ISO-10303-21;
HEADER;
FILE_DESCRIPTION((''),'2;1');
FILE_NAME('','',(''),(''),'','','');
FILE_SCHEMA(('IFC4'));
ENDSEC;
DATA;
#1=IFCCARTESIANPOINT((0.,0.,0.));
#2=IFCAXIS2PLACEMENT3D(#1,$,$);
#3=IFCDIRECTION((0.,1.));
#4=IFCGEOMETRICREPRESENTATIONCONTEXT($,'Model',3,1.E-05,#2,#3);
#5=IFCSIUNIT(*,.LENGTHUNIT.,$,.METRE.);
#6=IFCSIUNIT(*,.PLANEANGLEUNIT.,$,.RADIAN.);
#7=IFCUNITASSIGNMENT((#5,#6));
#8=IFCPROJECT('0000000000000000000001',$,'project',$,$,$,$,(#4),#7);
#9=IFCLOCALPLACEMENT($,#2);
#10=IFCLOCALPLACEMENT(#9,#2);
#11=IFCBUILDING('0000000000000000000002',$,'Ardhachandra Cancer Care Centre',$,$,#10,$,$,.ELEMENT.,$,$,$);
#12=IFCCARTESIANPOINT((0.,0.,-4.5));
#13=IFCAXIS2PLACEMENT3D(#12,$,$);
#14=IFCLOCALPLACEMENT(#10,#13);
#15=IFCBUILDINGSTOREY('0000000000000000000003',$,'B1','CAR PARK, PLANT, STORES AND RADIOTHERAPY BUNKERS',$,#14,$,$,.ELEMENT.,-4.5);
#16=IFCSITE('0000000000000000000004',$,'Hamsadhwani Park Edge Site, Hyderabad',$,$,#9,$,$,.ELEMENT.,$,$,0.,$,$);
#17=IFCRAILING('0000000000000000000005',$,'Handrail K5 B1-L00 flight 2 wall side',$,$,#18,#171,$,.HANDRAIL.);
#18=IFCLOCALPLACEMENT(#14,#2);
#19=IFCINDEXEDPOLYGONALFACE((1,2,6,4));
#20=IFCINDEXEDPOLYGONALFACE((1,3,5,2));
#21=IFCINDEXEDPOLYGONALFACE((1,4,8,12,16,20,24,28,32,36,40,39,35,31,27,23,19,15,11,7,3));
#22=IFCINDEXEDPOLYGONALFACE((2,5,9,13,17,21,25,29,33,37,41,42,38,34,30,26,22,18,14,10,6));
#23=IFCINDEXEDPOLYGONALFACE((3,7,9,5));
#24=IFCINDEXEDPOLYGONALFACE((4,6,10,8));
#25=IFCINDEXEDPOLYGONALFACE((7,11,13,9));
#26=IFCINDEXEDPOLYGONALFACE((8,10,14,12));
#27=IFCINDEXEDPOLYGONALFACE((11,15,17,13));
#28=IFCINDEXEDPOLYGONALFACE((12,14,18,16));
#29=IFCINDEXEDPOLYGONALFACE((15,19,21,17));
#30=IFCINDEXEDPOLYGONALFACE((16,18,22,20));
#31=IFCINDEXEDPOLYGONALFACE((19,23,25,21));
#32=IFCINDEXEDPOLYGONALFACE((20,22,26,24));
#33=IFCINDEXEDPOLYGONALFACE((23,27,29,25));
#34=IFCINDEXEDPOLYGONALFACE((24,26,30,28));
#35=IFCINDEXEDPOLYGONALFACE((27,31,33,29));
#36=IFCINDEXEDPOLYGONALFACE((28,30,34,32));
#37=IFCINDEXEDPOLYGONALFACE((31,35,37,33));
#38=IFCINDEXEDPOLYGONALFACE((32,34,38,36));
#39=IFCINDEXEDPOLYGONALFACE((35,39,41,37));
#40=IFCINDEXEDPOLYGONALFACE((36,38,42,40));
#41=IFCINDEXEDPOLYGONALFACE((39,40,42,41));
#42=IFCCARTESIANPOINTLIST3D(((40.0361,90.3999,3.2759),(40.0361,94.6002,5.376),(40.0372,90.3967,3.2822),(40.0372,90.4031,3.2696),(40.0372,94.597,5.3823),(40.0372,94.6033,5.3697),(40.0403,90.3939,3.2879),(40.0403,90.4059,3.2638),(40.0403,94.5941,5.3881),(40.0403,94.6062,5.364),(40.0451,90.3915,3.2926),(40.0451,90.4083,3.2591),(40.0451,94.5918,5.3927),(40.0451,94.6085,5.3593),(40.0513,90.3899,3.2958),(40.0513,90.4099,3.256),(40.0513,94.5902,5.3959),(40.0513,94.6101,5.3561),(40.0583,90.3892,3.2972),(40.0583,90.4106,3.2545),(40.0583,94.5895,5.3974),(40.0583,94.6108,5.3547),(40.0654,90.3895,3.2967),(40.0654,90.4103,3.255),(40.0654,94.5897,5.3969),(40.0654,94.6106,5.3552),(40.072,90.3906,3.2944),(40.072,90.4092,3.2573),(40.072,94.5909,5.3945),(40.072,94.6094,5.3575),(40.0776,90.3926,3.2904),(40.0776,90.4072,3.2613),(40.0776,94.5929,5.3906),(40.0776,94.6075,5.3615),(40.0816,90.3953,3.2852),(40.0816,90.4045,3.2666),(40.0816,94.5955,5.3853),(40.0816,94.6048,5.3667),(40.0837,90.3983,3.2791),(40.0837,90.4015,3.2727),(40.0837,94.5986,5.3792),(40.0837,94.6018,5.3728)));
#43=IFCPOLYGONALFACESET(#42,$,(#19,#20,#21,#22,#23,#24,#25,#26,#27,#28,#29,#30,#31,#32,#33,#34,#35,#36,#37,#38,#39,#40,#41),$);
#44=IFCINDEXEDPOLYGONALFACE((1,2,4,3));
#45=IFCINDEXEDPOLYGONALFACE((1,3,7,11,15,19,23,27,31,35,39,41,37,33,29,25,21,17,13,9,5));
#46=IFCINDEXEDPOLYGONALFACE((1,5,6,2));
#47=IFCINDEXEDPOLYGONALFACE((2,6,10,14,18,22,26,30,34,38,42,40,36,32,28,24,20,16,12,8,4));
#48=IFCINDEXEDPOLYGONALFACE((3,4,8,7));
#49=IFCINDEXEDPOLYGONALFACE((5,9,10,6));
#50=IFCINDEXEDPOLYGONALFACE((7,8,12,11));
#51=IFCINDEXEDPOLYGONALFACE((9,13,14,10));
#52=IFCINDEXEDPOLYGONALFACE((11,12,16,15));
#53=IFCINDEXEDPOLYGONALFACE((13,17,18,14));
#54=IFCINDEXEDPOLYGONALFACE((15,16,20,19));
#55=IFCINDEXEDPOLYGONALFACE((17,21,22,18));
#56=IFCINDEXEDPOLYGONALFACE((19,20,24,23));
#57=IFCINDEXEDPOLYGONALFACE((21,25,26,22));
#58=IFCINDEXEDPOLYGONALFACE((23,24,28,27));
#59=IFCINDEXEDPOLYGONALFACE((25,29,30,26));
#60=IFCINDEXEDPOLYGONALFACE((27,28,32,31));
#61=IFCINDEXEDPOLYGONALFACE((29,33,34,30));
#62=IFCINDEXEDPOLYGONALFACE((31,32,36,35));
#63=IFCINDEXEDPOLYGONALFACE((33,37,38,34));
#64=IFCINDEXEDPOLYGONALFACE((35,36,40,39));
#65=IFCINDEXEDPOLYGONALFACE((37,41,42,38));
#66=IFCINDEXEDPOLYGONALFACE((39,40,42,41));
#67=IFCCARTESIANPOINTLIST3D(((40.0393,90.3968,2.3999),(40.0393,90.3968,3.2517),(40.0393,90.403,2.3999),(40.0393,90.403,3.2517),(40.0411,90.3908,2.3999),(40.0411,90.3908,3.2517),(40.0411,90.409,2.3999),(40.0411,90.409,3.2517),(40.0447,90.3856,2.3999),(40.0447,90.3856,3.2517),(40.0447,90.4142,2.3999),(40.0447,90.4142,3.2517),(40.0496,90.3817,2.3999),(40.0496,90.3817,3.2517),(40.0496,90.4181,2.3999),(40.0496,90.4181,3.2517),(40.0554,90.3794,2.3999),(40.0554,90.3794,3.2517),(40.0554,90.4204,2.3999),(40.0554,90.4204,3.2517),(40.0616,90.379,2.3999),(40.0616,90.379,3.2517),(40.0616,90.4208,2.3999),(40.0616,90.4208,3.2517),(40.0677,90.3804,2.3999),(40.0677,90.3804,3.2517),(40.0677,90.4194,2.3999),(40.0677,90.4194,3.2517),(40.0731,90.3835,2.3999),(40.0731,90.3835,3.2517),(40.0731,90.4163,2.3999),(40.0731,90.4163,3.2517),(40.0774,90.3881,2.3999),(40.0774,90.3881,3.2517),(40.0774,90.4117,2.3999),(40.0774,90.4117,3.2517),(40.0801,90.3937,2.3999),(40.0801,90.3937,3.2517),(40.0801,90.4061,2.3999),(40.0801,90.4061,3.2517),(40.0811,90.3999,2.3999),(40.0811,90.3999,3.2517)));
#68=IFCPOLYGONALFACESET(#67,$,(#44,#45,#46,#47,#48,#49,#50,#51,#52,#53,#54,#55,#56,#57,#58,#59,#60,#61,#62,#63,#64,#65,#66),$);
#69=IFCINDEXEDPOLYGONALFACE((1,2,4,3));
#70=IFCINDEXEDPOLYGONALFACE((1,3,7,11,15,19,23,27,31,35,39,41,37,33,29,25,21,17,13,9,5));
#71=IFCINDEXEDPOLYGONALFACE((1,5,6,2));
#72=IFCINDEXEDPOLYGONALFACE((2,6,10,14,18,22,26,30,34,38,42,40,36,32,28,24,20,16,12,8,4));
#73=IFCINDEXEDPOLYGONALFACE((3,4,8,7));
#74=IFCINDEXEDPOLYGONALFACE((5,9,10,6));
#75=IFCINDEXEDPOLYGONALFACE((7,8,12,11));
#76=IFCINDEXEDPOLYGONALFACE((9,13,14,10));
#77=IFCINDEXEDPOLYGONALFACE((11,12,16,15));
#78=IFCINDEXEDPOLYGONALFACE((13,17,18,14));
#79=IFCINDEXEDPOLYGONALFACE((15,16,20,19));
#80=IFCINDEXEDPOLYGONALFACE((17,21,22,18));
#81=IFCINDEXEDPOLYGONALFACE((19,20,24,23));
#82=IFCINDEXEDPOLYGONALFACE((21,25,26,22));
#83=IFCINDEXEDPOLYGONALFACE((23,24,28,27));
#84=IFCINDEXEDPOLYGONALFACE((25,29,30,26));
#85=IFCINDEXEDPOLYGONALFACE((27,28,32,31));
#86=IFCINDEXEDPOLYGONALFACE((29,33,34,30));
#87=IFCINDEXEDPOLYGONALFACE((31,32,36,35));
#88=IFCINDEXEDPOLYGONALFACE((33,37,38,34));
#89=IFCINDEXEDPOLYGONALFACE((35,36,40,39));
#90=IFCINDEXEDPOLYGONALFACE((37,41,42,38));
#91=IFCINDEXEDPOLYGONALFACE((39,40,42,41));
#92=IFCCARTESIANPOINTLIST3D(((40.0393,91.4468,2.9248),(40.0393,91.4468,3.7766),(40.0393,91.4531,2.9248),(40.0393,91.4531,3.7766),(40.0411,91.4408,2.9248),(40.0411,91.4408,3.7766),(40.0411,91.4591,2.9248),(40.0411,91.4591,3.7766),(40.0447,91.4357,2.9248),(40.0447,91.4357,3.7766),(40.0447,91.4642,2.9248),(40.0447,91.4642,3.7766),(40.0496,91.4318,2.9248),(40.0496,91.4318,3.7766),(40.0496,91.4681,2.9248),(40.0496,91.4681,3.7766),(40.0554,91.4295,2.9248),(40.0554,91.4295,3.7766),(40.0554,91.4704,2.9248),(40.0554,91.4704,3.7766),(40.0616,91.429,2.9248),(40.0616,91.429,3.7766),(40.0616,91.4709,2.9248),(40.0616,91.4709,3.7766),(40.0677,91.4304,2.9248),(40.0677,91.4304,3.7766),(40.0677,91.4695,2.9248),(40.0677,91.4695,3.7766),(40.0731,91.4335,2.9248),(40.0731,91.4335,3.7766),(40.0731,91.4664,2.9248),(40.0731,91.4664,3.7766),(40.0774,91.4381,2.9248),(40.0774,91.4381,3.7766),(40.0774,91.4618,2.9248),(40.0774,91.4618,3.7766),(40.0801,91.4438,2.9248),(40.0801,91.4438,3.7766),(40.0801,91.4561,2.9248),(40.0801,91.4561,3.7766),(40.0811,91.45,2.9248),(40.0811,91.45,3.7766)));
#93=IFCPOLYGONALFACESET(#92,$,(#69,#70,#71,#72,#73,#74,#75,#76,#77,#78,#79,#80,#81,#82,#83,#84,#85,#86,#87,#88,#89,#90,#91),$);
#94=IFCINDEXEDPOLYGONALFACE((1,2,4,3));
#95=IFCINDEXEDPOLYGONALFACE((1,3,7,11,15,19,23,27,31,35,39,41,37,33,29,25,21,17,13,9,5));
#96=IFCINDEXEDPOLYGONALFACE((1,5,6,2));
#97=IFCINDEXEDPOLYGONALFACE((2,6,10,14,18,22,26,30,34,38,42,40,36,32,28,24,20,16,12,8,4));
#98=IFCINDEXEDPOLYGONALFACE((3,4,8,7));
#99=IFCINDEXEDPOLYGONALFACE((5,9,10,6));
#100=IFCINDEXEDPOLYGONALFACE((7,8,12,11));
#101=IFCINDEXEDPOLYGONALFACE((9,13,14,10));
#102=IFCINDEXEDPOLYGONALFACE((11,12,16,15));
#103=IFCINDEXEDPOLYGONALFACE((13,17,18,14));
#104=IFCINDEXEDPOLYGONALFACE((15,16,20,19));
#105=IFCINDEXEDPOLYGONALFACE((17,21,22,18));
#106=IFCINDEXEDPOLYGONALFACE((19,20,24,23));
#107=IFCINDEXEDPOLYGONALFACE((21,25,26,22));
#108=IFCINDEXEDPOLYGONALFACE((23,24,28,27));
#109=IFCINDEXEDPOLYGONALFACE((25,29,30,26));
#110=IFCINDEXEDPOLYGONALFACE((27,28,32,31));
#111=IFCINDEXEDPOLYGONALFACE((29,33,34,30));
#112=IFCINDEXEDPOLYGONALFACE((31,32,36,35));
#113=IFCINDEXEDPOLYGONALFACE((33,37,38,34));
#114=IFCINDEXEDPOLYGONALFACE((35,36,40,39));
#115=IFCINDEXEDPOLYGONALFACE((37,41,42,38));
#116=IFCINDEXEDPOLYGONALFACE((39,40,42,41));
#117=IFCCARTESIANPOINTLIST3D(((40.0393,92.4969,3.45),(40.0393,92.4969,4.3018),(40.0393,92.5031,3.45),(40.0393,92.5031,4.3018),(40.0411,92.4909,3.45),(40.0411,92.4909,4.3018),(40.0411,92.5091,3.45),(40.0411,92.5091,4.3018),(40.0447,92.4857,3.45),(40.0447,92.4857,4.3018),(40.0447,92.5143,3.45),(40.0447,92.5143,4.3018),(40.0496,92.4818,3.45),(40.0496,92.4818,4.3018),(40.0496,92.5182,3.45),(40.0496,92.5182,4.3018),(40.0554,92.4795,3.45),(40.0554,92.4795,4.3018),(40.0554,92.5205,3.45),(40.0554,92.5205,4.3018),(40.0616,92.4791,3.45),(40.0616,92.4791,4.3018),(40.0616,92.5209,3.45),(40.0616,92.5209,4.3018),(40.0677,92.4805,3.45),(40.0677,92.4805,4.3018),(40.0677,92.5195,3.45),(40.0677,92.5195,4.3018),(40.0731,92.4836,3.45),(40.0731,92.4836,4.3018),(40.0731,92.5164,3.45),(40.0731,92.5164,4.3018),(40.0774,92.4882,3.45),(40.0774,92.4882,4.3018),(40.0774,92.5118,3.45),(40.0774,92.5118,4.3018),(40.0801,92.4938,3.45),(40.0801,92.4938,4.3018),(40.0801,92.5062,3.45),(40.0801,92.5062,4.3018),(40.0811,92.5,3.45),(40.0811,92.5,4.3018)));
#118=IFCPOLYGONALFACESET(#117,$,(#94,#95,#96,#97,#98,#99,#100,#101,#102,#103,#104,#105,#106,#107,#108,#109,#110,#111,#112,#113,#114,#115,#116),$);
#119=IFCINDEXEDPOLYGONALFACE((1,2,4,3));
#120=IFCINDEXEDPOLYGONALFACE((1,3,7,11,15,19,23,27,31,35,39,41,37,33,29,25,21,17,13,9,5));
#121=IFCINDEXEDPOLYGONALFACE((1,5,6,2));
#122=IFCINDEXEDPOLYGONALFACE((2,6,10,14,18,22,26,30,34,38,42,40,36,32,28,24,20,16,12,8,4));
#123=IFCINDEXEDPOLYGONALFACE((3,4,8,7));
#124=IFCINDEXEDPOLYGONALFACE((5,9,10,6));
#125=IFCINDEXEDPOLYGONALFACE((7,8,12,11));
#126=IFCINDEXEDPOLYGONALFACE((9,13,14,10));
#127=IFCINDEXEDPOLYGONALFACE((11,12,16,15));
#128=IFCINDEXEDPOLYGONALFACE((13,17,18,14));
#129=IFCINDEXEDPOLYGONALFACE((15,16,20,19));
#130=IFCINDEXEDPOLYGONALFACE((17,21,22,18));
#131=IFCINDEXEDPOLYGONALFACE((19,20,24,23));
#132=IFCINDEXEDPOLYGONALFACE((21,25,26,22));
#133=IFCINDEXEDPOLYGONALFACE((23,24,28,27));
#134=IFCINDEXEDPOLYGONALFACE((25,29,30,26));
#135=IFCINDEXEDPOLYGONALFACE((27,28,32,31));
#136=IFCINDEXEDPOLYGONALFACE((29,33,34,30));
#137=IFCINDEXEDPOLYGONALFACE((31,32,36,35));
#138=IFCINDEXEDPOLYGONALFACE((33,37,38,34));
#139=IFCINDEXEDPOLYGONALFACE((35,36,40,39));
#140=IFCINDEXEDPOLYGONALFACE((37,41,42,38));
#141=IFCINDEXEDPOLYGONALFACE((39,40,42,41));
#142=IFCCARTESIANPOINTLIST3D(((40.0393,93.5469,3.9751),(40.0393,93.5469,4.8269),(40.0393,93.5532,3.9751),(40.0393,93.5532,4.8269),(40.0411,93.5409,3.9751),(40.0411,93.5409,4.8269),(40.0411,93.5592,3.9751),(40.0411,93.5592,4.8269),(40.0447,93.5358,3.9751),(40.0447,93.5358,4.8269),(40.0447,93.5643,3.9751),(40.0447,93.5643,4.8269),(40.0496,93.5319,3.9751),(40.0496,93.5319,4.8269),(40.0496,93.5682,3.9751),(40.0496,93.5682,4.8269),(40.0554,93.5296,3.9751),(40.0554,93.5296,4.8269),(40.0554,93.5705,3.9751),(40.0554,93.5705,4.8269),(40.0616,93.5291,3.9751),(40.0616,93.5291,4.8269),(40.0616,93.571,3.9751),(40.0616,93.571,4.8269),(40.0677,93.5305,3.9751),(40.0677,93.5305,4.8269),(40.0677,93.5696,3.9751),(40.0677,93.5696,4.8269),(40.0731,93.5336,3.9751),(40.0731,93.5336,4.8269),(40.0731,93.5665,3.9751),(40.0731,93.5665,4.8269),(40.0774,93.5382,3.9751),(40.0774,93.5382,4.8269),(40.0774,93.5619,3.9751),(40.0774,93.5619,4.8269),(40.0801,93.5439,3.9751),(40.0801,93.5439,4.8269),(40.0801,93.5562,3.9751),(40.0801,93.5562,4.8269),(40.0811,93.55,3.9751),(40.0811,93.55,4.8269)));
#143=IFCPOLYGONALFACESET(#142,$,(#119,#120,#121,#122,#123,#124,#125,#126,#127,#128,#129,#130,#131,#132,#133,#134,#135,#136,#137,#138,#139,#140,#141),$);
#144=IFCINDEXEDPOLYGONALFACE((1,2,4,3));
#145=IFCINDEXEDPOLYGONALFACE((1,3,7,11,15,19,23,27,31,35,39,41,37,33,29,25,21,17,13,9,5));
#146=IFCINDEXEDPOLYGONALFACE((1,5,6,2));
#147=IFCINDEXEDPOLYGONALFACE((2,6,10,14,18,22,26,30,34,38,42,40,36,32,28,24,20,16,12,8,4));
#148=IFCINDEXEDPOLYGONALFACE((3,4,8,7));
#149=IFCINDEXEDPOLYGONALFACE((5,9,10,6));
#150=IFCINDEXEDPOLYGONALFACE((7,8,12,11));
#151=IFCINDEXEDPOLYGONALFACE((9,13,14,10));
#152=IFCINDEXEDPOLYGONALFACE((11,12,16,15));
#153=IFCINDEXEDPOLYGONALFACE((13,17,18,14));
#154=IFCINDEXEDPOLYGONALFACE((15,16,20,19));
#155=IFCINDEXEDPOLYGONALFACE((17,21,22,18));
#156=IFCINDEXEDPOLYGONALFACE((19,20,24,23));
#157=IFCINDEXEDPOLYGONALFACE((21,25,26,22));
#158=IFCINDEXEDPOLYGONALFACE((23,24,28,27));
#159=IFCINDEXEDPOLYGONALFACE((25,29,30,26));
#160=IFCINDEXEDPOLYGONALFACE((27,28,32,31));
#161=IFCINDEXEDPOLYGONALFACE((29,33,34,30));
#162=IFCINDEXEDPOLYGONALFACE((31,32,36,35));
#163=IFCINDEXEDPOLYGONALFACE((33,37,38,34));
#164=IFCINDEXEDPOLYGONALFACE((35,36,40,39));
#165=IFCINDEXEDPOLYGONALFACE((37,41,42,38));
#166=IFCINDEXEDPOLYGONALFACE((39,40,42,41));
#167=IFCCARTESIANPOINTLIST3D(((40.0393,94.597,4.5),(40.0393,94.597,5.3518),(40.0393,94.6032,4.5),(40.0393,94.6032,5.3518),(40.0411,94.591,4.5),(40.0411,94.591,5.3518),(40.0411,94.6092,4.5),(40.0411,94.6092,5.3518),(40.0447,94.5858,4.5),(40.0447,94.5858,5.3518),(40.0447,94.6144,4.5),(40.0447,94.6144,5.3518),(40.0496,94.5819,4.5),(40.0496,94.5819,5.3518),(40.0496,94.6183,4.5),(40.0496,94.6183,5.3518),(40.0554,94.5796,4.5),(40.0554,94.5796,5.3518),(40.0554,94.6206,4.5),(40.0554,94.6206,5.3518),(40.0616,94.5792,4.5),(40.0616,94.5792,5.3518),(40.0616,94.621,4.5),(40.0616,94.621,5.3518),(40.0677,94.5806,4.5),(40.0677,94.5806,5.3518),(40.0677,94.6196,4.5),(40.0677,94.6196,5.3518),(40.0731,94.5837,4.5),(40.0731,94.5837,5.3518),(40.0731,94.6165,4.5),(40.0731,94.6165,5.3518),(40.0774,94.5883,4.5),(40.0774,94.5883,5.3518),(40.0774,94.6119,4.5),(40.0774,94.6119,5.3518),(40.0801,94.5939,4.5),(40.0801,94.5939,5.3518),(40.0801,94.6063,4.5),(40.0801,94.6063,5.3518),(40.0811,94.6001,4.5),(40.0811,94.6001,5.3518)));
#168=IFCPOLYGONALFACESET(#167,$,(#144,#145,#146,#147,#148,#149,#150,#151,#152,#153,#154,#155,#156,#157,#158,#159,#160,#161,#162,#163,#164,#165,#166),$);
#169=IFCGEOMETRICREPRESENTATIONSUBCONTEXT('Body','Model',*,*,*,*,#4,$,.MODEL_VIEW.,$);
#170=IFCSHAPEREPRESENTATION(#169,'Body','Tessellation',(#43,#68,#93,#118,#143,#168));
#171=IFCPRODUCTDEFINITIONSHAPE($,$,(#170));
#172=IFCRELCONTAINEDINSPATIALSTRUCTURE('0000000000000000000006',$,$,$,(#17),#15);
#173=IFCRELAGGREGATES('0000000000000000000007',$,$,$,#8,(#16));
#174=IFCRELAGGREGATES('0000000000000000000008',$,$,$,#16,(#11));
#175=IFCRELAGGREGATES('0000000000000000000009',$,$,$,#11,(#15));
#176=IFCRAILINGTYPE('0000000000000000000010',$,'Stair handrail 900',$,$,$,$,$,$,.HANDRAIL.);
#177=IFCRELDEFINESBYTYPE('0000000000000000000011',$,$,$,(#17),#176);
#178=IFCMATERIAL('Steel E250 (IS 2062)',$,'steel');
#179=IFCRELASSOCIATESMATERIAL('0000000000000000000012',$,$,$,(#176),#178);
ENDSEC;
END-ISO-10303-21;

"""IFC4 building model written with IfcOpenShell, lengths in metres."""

from ifc_helpers import new_model, si_unit, direction, frame, origin, origin_2d, place, context, subcontext, project, spatial, circle, extrude, material, type_object, element, save


model = new_model("IFC4")

# Units and contexts
model_context = context("Model", 3, precision=1e-05, world=origin(), true_north=direction((0.0, 1.0)))
body_context = subcontext(model_context, "Body", "Model", "MODEL_VIEW")
ifc_project = project(units=[si_unit("LENGTHUNIT", "METRE"), si_unit("PLANEANGLEUNIT", "RADIAN")], contexts=[model_context])

# Site, building, storey
site_placement = place(None, origin())
site = spatial("IfcSite", under=ifc_project, at=site_placement, Name="Hamsadhwani Park Edge Site, Hyderabad", CompositionType="ELEMENT", RefElevation=0.0)
building_placement = place(site_placement, origin())
building = spatial("IfcBuilding", under=site, at=building_placement, Name="Ardhachandra Cancer Care Centre", CompositionType="ELEMENT")
storey_placement = place(building_placement, frame((0.0, 0.0, -4.5)))
storey = spatial("IfcBuildingStorey", under=building, at=storey_placement, Name="B1", Description="CAR PARK, PLANT, STORES AND RADIOTHERAPY BUNKERS", CompositionType="ELEMENT", Elevation=-4.5)

# Railing
ifc_material_1 = material(Name="Steel E250 (IS 2062)", Category="steel")
railing_type = type_object("IfcRailingType", Name="Stair handrail 900", PredefinedType="HANDRAIL", material=ifc_material_1)
railing_placement = place(storey_placement, frame((40.0601, 90.3999, 2.3999)))
element("IfcRailing", 1, at=railing_placement, inside=storey, type_object=railing_type, Name="Handrail K5 B1-L00 flight 2 wall side", PredefinedType="HANDRAIL", context=body_context, shape_type="SweptSolid", body=[
    extrude(circle(Radius=0.0239, at=origin_2d()), frame((0.0, 0.0, 0.876), z_axis=(0.0, 0.894427, 0.447214), x_axis=(-1.0, 0.0, 0.0)), (0.0, 0.0, 1.0), 4.696),
    extrude(circle(Radius=0.021, at=origin_2d()), origin(), (0.0, 0.0, 1.0), 0.8518),
    extrude(circle(Radius=0.021, at=origin_2d()), frame((0.0, 1.05, 0.5249)), (0.0, 0.0, 1.0), 0.8518),
    extrude(circle(Radius=0.021, at=origin_2d()), frame((0.0, 2.1001, 1.05)), (0.0, 0.0, 1.0), 0.8518),
    extrude(circle(Radius=0.021, at=origin_2d()), frame((0.0, 3.1501, 1.5752)), (0.0, 0.0, 1.0), 0.8518),
    extrude(circle(Radius=0.021, at=origin_2d()), frame((0.0, 4.2002, 2.1001)), (0.0, 0.0, 1.0), 0.8518),
])

save(model, "model.ifc")
